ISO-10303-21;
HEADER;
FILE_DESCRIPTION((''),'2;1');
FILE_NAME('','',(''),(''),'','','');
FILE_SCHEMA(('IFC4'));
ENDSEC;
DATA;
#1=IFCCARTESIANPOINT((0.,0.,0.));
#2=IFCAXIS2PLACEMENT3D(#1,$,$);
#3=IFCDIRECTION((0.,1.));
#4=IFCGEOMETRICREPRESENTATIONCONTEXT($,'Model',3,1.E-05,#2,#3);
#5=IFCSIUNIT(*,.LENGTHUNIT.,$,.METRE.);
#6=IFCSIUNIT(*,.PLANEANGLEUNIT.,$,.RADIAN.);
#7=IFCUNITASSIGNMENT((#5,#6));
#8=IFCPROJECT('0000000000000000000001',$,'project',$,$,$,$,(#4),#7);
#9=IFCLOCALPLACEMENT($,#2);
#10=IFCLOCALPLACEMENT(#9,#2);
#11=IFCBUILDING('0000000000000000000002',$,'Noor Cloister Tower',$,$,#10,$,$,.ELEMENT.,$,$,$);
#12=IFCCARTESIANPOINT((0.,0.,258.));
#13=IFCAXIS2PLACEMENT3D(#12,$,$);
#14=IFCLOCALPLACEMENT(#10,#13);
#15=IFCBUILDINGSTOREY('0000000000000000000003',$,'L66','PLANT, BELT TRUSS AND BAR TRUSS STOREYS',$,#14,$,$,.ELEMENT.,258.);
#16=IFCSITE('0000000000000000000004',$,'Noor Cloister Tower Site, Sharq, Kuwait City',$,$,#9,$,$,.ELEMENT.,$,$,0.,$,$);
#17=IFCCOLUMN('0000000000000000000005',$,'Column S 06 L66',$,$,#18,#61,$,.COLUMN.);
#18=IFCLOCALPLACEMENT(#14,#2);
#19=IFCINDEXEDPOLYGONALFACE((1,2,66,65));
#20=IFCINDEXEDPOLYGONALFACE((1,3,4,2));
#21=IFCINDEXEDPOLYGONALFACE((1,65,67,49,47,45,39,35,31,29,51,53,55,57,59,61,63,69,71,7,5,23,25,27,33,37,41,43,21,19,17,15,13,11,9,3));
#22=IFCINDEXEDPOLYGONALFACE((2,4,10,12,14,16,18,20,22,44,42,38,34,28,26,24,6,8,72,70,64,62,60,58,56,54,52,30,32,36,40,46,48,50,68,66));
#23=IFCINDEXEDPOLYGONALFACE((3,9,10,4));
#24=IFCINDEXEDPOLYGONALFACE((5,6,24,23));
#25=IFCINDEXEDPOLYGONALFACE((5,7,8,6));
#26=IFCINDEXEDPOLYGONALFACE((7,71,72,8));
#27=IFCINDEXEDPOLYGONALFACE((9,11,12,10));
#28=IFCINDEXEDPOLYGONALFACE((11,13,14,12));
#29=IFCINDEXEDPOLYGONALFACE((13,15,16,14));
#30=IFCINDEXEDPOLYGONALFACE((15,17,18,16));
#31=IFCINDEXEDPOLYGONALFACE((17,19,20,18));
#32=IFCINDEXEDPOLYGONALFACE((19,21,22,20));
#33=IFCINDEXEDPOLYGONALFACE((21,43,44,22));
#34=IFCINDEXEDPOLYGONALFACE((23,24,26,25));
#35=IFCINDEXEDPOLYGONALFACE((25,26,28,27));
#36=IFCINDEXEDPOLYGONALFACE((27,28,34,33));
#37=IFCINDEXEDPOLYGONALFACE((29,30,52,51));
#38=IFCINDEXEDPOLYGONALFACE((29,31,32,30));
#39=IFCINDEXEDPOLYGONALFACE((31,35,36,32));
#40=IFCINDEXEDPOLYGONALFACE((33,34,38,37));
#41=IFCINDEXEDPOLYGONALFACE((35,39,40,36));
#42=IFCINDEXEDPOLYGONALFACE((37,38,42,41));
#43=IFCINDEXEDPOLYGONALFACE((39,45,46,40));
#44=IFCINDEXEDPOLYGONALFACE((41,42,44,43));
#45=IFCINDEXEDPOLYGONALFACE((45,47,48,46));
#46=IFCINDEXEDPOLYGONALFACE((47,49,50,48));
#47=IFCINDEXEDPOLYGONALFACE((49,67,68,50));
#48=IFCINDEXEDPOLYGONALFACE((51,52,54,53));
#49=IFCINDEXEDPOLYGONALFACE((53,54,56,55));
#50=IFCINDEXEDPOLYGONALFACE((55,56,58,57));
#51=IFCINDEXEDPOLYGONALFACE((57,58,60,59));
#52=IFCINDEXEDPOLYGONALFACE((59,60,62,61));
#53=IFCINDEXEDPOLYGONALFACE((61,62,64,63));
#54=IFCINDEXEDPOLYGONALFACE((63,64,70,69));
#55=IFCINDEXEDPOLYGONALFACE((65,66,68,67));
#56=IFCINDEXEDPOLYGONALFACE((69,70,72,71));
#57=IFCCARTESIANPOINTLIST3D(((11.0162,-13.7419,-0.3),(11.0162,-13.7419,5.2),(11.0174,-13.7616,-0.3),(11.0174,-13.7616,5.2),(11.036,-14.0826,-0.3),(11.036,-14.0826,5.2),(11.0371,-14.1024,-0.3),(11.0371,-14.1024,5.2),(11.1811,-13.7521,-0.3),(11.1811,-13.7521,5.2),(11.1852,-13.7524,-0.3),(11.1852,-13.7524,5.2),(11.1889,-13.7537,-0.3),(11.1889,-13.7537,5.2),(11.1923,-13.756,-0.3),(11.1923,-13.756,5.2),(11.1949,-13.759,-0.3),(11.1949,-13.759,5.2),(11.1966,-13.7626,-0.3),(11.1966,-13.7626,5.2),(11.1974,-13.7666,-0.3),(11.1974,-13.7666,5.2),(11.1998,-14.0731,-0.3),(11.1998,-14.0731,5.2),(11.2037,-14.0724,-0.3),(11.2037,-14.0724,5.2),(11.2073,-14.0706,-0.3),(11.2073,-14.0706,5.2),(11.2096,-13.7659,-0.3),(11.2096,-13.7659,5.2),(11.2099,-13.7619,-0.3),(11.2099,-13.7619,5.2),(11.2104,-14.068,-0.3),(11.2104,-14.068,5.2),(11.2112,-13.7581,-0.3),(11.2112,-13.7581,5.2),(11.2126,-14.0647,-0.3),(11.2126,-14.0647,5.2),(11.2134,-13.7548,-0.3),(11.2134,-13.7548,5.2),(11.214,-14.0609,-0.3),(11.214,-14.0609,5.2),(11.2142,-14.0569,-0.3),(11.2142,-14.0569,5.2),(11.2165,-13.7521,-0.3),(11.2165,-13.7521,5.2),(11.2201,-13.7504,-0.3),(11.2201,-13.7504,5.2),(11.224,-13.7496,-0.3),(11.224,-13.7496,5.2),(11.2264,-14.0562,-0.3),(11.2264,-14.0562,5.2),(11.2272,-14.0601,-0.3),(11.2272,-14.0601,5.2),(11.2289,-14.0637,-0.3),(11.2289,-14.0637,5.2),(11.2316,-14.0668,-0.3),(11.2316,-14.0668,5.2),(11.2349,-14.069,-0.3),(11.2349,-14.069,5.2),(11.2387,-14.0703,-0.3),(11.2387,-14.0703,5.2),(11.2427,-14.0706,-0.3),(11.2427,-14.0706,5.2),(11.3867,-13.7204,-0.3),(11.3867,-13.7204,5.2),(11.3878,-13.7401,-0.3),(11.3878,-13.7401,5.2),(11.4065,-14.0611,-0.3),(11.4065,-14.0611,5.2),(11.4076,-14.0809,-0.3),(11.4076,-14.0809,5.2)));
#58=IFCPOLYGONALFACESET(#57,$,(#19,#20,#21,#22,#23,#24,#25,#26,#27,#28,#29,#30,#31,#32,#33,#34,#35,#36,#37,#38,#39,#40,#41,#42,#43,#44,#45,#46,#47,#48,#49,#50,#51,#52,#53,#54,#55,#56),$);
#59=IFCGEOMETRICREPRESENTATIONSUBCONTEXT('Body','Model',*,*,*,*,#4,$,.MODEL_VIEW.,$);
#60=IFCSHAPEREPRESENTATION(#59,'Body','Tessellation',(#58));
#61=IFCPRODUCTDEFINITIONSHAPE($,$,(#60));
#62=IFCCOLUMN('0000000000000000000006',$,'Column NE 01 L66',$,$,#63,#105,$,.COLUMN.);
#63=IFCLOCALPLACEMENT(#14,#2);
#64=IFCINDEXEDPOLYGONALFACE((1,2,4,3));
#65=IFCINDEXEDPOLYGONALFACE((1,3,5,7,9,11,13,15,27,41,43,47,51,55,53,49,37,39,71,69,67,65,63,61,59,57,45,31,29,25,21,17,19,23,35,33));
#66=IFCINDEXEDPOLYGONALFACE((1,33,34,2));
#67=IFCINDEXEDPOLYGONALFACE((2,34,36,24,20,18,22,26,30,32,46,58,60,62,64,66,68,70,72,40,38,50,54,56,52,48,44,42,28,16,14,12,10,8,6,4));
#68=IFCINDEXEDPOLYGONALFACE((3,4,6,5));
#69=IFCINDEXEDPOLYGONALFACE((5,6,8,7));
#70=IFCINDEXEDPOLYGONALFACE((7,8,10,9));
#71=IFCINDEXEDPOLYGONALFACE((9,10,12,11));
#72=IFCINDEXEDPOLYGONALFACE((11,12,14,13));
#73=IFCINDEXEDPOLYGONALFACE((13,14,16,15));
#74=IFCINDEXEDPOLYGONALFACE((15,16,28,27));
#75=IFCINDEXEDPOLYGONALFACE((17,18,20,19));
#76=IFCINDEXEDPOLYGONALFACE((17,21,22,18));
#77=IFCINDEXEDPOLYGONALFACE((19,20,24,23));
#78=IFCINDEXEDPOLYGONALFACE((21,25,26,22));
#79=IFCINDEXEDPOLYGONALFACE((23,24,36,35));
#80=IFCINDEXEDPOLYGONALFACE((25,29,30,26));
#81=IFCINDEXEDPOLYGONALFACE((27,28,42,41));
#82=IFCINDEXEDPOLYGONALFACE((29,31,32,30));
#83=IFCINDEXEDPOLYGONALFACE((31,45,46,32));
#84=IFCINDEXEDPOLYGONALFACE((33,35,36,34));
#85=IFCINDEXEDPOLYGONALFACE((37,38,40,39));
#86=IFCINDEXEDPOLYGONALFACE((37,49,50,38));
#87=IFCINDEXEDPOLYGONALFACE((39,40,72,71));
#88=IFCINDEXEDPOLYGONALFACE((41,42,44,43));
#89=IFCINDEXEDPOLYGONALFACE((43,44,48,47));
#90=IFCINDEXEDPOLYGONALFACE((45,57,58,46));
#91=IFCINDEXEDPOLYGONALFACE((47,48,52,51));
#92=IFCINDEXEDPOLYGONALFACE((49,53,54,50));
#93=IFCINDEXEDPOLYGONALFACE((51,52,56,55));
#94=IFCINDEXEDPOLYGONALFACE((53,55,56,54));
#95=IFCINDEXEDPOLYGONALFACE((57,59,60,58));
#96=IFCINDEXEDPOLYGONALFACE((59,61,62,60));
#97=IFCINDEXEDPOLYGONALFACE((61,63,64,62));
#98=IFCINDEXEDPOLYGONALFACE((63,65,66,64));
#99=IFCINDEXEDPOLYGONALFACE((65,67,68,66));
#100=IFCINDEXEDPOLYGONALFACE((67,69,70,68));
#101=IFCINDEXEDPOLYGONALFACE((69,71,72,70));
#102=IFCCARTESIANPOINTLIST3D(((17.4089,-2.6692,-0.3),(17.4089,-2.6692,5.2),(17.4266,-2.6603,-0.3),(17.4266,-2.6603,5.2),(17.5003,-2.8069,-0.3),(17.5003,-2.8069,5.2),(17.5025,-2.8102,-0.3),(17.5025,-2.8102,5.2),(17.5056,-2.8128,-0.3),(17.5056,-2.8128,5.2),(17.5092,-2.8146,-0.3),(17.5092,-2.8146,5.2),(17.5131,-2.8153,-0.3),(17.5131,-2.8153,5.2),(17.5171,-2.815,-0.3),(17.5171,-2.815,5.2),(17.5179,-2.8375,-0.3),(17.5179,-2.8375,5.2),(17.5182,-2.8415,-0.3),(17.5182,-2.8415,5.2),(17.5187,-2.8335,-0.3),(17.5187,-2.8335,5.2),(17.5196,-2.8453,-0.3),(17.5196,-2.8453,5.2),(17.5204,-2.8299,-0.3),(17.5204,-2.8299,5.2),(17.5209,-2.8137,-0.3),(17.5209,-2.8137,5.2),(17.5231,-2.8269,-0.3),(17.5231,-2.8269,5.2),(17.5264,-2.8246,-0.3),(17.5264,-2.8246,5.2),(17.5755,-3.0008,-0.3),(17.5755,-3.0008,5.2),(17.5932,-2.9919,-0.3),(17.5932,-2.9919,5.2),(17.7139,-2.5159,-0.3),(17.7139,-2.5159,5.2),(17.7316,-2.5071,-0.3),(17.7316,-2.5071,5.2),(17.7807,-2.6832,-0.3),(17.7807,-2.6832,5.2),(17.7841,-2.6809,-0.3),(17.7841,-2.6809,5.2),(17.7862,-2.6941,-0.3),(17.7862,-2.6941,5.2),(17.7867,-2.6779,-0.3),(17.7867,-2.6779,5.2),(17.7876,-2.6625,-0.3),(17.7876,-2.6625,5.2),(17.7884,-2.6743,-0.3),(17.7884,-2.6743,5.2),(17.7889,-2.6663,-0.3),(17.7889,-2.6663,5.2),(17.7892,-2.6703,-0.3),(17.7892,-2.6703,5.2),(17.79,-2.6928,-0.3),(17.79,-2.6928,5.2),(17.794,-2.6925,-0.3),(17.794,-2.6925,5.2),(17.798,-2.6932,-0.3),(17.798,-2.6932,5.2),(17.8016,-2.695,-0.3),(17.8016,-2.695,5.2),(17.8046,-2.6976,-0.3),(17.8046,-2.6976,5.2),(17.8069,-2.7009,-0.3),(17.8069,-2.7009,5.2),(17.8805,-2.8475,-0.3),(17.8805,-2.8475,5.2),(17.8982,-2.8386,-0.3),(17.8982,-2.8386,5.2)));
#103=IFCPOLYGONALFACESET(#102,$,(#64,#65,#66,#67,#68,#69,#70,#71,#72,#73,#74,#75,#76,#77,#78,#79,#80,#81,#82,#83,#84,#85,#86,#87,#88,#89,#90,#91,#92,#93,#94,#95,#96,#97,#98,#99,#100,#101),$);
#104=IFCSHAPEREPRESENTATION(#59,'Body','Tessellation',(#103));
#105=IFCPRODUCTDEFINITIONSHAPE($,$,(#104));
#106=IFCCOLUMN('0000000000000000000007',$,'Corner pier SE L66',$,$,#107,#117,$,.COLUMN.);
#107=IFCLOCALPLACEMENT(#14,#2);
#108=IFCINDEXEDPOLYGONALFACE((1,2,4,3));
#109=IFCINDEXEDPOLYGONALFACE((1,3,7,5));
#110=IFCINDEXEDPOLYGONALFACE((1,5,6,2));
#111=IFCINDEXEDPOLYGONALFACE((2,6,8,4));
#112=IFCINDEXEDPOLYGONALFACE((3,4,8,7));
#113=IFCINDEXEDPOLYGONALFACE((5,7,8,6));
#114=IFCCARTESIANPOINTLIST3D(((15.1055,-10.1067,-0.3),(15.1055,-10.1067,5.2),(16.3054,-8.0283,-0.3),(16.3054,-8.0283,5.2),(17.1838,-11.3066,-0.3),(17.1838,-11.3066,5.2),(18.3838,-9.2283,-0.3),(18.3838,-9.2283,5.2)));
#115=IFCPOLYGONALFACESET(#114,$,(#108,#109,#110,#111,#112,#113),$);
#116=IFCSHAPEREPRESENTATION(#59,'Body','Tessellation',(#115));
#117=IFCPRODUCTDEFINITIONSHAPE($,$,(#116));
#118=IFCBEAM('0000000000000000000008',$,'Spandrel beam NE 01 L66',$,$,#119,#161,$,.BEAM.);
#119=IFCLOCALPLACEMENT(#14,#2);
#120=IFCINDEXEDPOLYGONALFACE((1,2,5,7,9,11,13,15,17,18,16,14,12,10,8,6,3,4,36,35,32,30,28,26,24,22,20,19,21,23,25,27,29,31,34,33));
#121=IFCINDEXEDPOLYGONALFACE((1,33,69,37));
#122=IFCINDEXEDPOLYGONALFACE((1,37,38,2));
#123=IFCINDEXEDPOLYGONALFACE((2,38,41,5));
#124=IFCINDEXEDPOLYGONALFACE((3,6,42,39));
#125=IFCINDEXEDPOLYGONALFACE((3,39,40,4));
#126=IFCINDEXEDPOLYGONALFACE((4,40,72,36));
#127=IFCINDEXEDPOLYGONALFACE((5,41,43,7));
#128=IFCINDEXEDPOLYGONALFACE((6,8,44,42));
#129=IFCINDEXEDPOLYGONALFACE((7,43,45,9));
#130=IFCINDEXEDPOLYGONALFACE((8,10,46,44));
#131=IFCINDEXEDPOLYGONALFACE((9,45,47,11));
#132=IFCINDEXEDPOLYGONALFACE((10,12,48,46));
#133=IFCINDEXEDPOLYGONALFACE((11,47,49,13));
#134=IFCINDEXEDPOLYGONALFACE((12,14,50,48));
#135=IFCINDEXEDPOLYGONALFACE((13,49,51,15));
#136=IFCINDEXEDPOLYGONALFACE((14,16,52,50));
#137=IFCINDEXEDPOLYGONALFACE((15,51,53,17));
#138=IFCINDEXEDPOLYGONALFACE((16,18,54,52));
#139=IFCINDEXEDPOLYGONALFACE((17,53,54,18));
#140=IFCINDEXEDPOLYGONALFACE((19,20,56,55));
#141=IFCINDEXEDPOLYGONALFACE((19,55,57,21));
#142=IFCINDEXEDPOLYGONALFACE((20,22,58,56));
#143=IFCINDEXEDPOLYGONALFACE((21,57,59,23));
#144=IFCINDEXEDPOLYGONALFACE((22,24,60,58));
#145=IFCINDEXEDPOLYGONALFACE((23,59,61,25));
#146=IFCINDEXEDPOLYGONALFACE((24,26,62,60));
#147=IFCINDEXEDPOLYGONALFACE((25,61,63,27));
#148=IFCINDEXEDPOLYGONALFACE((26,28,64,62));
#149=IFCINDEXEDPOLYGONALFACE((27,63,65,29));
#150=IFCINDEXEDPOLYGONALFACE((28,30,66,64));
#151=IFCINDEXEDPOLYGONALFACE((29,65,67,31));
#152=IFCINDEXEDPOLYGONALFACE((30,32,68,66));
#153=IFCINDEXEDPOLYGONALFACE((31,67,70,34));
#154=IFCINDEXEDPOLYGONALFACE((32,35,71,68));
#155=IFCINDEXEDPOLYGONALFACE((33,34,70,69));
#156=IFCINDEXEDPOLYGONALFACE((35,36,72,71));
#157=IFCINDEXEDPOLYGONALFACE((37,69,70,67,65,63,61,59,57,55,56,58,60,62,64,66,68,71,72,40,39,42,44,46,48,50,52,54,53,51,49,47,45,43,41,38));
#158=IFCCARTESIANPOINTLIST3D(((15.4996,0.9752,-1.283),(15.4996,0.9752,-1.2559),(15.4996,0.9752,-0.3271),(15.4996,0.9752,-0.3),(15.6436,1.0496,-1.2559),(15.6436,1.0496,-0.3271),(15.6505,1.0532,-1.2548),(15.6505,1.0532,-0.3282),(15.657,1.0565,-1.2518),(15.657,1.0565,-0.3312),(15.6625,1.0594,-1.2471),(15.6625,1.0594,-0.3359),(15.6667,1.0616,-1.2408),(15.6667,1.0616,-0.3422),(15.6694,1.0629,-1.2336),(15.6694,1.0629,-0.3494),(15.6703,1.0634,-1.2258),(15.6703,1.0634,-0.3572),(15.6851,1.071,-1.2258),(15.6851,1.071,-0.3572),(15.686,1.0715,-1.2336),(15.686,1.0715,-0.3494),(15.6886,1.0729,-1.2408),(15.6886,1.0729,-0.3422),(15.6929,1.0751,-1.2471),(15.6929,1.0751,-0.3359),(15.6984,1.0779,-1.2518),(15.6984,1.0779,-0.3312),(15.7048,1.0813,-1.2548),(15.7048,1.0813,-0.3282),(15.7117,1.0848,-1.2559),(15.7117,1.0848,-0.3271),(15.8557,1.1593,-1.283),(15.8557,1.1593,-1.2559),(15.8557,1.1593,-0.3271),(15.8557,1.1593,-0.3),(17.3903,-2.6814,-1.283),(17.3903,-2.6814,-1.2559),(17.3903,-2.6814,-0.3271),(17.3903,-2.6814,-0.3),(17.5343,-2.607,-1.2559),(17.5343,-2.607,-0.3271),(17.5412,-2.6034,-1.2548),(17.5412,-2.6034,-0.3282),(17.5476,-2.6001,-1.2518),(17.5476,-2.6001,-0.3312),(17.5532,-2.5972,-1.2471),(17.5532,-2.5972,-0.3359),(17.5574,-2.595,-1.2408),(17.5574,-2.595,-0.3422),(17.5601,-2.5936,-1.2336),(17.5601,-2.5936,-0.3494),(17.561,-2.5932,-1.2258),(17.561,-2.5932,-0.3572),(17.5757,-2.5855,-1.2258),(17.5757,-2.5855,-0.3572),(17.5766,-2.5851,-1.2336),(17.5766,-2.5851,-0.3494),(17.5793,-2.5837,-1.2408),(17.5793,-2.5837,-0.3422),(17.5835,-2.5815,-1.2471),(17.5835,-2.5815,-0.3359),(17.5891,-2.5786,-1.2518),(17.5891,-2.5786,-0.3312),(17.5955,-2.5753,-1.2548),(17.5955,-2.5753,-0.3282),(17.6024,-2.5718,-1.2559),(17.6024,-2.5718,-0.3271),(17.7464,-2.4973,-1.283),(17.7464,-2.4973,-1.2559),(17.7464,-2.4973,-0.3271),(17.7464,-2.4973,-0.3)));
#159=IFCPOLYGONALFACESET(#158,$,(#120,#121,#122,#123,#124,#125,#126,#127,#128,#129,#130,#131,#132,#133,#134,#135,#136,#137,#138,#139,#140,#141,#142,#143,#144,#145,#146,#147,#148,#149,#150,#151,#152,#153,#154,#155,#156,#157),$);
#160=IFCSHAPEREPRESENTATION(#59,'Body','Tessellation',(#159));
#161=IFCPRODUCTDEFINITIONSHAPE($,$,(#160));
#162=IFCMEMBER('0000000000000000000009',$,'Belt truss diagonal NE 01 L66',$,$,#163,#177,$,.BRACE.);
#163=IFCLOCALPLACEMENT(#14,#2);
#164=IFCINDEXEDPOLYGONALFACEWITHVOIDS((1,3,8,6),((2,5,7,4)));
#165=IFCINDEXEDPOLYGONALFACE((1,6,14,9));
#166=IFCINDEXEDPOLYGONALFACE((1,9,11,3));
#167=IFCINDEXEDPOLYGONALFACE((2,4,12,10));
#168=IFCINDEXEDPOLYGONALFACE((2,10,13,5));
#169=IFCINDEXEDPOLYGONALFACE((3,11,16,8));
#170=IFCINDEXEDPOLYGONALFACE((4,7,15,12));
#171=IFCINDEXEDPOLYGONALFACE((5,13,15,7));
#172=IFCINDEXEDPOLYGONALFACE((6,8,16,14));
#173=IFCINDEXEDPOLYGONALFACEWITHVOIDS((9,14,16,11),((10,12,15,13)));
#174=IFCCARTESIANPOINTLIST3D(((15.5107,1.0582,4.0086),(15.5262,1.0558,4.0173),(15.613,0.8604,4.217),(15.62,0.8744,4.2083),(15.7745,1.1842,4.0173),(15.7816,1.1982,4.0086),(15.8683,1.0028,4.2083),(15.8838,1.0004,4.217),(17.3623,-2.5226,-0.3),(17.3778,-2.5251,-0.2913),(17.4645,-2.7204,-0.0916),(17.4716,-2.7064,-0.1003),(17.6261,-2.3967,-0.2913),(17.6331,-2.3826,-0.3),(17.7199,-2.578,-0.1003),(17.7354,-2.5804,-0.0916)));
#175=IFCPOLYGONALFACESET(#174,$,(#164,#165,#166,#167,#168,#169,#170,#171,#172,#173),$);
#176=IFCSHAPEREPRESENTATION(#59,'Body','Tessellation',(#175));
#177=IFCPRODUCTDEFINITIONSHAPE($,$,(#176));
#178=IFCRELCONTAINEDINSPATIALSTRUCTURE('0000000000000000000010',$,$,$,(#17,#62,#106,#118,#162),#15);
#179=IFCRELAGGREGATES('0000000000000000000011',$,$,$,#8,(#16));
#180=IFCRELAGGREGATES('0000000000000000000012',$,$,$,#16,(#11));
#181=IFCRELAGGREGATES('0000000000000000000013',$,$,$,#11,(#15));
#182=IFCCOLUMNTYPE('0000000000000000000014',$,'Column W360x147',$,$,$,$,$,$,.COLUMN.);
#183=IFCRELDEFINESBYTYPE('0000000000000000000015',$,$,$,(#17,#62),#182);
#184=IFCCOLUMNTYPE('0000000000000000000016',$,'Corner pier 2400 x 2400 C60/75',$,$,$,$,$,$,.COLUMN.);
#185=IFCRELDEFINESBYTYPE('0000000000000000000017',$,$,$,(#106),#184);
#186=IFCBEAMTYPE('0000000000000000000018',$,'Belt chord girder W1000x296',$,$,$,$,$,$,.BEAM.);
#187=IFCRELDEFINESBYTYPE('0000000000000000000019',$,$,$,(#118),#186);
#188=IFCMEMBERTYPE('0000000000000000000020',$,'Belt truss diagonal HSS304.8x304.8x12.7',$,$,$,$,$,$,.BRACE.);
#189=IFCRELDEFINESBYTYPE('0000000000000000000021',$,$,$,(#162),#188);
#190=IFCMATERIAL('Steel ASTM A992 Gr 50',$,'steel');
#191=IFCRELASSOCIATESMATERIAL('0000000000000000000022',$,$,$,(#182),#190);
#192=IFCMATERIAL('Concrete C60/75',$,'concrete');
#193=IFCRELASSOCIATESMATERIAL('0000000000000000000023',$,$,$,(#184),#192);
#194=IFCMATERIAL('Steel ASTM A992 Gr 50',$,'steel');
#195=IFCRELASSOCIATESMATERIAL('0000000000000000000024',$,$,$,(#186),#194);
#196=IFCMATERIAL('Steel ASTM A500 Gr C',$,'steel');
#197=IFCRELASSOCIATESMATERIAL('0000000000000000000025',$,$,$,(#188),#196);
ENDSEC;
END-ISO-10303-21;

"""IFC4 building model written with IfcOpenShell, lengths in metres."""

from ifc_helpers import new_model, si_unit, direction, frame, origin, origin_2d, place, context, subcontext, project, spatial, rectangle, hollow_rectangle, i_section, extrude, material, material_profile, profile_set, type_object, element, save


model = new_model("IFC4")

# Units and contexts
model_context = context("Model", 3, precision=1e-05, world=origin(), true_north=direction((0.0, 1.0)))
body_context = subcontext(model_context, "Body", "Model", "MODEL_VIEW")
ifc_project = project(units=[si_unit("LENGTHUNIT", "METRE"), si_unit("PLANEANGLEUNIT", "RADIAN")], contexts=[model_context])

# Site, building, storey
site_placement = place(None, origin())
site = spatial("IfcSite", under=ifc_project, at=site_placement, Name="Noor Cloister Tower Site, Sharq, Kuwait City", CompositionType="ELEMENT", RefElevation=0.0)
building_placement = place(site_placement, origin())
building = spatial("IfcBuilding", under=site, at=building_placement, Name="Noor Cloister Tower", CompositionType="ELEMENT")
storey_placement = place(building_placement, frame((0.0, 0.0, 258.0)))
storey = spatial("IfcBuildingStorey", under=building, at=storey_placement, Name="L66", Description="PLANT, BELT TRUSS AND BAR TRUSS STOREYS", CompositionType="ELEMENT", Elevation=258.0)

# Columns
ifc_material_1 = material(Name="Steel ASTM A992 Gr 50", Category="steel")
ifc_material_profile_1 = material_profile(ifc_material_1, i_section(OverallWidth=0.3711, OverallDepth=0.3611, WebThickness=0.0122, FlangeThickness=0.0198, FilletRadius=0.0154, at=origin_2d()), Name="W360x147")
ifc_profile_set_1 = profile_set([ifc_material_profile_1], Name="Steel ASTM A992 Gr 50")
column_type_1 = type_object("IfcColumnType", Name="Column W360x147", PredefinedType="COLUMN", material=ifc_profile_set_1)
for number, where, z_axis, x_axis, name in (
    (1, (11.2119, -13.9114, -0.3), (0.0, 0.0, 1.0), (0.99832, 0.057948, 0.0), "Column S 06 L66"),
    (2, (17.6536, -2.7539, -0.3), (0.0, 0.0, 1.0), (-0.448975, 0.893544, 0.0), "Column NE 01 L66"),
):
    element("IfcColumn", number, at=place(storey_placement, frame(where, z_axis=z_axis, x_axis=x_axis)), inside=storey, type_object=column_type_1, Name=name, PredefinedType="COLUMN", context=body_context, shape_type="SweptSolid", body=[
        extrude(i_section(OverallWidth=0.3711, OverallDepth=0.3611, WebThickness=0.0122, FlangeThickness=0.0198, FilletRadius=0.0154, at=origin_2d()), origin(), (0.0, 0.0, 1.0), 5.5),
    ])
ifc_material_2 = material(Name="Concrete C60/75", Category="concrete")
ifc_material_profile_2 = material_profile(ifc_material_2, rectangle(XDim=2.3999, YDim=2.3999, at=origin_2d()), Name="RC 2400x2400")
ifc_profile_set_2 = profile_set([ifc_material_profile_2], Name="Concrete C60/75")
column_type_2 = type_object("IfcColumnType", Name="Corner pier 2400 x 2400 C60/75", PredefinedType="COLUMN", material=ifc_profile_set_2)
column_placement = place(storey_placement, frame((16.7446, -9.6675, -0.3), z_axis=(0.0, 0.0, 1.0), x_axis=(0.866025, -0.5, 0.0)))
element("IfcColumn", 3, at=column_placement, inside=storey, type_object=column_type_2, Name="Corner pier SE L66", PredefinedType="COLUMN", context=body_context, shape_type="SweptSolid", body=[
    extrude(rectangle(XDim=2.3999, YDim=2.3999, at=origin_2d()), origin(), (0.0, 0.0, 1.0), 5.5),
])

# Beam
ifc_material_3 = material(Name="Steel ASTM A992 Gr 50", Category="steel")
ifc_material_profile_3 = material_profile(ifc_material_3, i_section(OverallWidth=0.4009, OverallDepth=0.9829, WebThickness=0.0166, FlangeThickness=0.0271, FilletRadius=0.03, at=origin_2d()), Name="W1000x296")
ifc_profile_set_3 = profile_set([ifc_material_profile_3], Name="Steel ASTM A992 Gr 50")
beam_type_1 = type_object("IfcBeamType", Name="Belt chord girder W1000x296", PredefinedType="BEAM", material=ifc_profile_set_3)
beam_1_placement = place(storey_placement, frame((17.5684, -2.5894, -0.7915), z_axis=(-0.459295, 0.888284, 0.0), x_axis=(-0.888284, -0.459295, 0.0)))
element("IfcBeam", 4, at=beam_1_placement, inside=storey, type_object=beam_type_1, Name="Spandrel beam NE 01 L66", PredefinedType="BEAM", context=body_context, shape_type="SweptSolid", body=[
    extrude(i_section(OverallWidth=0.4009, OverallDepth=0.9829, WebThickness=0.0166, FlangeThickness=0.0271, FilletRadius=0.03, at=origin_2d()), origin(), (0.0, 0.0, 1.0), 4.1165),
])

# Member
ifc_material_4 = material(Name="Steel ASTM A500 Gr C", Category="steel")
ifc_material_profile_4 = material_profile(ifc_material_4, hollow_rectangle(XDim=0.3049, YDim=0.3049, WallThickness=0.0127, at=origin_2d()), Name="HSS304.8x304.8x12.7")
ifc_profile_set_4 = profile_set([ifc_material_profile_4], Name="Steel ASTM A500 Gr C")
member_type = type_object("IfcMemberType", Name="Belt truss diagonal HSS304.8x304.8x12.7", PredefinedType="BRACE", material=ifc_profile_set_4)
member_placement = place(storey_placement, frame((17.5488, -2.5515, -0.1958), z_axis=(-0.313804, 0.606878, 0.730223), x_axis=(-0.888276, -0.459309, 0.0)))
element("IfcMember", 5, at=member_placement, inside=storey, type_object=member_type, Name="Belt truss diagonal NE 01 L66", PredefinedType="BRACE", context=body_context, shape_type="SweptSolid", body=[
    extrude(hollow_rectangle(XDim=0.3049, YDim=0.3049, WallThickness=0.0127, at=origin_2d()), origin(), (0.0, 0.0, 1.0), 5.9004),
])

save(model, "model.ifc")
